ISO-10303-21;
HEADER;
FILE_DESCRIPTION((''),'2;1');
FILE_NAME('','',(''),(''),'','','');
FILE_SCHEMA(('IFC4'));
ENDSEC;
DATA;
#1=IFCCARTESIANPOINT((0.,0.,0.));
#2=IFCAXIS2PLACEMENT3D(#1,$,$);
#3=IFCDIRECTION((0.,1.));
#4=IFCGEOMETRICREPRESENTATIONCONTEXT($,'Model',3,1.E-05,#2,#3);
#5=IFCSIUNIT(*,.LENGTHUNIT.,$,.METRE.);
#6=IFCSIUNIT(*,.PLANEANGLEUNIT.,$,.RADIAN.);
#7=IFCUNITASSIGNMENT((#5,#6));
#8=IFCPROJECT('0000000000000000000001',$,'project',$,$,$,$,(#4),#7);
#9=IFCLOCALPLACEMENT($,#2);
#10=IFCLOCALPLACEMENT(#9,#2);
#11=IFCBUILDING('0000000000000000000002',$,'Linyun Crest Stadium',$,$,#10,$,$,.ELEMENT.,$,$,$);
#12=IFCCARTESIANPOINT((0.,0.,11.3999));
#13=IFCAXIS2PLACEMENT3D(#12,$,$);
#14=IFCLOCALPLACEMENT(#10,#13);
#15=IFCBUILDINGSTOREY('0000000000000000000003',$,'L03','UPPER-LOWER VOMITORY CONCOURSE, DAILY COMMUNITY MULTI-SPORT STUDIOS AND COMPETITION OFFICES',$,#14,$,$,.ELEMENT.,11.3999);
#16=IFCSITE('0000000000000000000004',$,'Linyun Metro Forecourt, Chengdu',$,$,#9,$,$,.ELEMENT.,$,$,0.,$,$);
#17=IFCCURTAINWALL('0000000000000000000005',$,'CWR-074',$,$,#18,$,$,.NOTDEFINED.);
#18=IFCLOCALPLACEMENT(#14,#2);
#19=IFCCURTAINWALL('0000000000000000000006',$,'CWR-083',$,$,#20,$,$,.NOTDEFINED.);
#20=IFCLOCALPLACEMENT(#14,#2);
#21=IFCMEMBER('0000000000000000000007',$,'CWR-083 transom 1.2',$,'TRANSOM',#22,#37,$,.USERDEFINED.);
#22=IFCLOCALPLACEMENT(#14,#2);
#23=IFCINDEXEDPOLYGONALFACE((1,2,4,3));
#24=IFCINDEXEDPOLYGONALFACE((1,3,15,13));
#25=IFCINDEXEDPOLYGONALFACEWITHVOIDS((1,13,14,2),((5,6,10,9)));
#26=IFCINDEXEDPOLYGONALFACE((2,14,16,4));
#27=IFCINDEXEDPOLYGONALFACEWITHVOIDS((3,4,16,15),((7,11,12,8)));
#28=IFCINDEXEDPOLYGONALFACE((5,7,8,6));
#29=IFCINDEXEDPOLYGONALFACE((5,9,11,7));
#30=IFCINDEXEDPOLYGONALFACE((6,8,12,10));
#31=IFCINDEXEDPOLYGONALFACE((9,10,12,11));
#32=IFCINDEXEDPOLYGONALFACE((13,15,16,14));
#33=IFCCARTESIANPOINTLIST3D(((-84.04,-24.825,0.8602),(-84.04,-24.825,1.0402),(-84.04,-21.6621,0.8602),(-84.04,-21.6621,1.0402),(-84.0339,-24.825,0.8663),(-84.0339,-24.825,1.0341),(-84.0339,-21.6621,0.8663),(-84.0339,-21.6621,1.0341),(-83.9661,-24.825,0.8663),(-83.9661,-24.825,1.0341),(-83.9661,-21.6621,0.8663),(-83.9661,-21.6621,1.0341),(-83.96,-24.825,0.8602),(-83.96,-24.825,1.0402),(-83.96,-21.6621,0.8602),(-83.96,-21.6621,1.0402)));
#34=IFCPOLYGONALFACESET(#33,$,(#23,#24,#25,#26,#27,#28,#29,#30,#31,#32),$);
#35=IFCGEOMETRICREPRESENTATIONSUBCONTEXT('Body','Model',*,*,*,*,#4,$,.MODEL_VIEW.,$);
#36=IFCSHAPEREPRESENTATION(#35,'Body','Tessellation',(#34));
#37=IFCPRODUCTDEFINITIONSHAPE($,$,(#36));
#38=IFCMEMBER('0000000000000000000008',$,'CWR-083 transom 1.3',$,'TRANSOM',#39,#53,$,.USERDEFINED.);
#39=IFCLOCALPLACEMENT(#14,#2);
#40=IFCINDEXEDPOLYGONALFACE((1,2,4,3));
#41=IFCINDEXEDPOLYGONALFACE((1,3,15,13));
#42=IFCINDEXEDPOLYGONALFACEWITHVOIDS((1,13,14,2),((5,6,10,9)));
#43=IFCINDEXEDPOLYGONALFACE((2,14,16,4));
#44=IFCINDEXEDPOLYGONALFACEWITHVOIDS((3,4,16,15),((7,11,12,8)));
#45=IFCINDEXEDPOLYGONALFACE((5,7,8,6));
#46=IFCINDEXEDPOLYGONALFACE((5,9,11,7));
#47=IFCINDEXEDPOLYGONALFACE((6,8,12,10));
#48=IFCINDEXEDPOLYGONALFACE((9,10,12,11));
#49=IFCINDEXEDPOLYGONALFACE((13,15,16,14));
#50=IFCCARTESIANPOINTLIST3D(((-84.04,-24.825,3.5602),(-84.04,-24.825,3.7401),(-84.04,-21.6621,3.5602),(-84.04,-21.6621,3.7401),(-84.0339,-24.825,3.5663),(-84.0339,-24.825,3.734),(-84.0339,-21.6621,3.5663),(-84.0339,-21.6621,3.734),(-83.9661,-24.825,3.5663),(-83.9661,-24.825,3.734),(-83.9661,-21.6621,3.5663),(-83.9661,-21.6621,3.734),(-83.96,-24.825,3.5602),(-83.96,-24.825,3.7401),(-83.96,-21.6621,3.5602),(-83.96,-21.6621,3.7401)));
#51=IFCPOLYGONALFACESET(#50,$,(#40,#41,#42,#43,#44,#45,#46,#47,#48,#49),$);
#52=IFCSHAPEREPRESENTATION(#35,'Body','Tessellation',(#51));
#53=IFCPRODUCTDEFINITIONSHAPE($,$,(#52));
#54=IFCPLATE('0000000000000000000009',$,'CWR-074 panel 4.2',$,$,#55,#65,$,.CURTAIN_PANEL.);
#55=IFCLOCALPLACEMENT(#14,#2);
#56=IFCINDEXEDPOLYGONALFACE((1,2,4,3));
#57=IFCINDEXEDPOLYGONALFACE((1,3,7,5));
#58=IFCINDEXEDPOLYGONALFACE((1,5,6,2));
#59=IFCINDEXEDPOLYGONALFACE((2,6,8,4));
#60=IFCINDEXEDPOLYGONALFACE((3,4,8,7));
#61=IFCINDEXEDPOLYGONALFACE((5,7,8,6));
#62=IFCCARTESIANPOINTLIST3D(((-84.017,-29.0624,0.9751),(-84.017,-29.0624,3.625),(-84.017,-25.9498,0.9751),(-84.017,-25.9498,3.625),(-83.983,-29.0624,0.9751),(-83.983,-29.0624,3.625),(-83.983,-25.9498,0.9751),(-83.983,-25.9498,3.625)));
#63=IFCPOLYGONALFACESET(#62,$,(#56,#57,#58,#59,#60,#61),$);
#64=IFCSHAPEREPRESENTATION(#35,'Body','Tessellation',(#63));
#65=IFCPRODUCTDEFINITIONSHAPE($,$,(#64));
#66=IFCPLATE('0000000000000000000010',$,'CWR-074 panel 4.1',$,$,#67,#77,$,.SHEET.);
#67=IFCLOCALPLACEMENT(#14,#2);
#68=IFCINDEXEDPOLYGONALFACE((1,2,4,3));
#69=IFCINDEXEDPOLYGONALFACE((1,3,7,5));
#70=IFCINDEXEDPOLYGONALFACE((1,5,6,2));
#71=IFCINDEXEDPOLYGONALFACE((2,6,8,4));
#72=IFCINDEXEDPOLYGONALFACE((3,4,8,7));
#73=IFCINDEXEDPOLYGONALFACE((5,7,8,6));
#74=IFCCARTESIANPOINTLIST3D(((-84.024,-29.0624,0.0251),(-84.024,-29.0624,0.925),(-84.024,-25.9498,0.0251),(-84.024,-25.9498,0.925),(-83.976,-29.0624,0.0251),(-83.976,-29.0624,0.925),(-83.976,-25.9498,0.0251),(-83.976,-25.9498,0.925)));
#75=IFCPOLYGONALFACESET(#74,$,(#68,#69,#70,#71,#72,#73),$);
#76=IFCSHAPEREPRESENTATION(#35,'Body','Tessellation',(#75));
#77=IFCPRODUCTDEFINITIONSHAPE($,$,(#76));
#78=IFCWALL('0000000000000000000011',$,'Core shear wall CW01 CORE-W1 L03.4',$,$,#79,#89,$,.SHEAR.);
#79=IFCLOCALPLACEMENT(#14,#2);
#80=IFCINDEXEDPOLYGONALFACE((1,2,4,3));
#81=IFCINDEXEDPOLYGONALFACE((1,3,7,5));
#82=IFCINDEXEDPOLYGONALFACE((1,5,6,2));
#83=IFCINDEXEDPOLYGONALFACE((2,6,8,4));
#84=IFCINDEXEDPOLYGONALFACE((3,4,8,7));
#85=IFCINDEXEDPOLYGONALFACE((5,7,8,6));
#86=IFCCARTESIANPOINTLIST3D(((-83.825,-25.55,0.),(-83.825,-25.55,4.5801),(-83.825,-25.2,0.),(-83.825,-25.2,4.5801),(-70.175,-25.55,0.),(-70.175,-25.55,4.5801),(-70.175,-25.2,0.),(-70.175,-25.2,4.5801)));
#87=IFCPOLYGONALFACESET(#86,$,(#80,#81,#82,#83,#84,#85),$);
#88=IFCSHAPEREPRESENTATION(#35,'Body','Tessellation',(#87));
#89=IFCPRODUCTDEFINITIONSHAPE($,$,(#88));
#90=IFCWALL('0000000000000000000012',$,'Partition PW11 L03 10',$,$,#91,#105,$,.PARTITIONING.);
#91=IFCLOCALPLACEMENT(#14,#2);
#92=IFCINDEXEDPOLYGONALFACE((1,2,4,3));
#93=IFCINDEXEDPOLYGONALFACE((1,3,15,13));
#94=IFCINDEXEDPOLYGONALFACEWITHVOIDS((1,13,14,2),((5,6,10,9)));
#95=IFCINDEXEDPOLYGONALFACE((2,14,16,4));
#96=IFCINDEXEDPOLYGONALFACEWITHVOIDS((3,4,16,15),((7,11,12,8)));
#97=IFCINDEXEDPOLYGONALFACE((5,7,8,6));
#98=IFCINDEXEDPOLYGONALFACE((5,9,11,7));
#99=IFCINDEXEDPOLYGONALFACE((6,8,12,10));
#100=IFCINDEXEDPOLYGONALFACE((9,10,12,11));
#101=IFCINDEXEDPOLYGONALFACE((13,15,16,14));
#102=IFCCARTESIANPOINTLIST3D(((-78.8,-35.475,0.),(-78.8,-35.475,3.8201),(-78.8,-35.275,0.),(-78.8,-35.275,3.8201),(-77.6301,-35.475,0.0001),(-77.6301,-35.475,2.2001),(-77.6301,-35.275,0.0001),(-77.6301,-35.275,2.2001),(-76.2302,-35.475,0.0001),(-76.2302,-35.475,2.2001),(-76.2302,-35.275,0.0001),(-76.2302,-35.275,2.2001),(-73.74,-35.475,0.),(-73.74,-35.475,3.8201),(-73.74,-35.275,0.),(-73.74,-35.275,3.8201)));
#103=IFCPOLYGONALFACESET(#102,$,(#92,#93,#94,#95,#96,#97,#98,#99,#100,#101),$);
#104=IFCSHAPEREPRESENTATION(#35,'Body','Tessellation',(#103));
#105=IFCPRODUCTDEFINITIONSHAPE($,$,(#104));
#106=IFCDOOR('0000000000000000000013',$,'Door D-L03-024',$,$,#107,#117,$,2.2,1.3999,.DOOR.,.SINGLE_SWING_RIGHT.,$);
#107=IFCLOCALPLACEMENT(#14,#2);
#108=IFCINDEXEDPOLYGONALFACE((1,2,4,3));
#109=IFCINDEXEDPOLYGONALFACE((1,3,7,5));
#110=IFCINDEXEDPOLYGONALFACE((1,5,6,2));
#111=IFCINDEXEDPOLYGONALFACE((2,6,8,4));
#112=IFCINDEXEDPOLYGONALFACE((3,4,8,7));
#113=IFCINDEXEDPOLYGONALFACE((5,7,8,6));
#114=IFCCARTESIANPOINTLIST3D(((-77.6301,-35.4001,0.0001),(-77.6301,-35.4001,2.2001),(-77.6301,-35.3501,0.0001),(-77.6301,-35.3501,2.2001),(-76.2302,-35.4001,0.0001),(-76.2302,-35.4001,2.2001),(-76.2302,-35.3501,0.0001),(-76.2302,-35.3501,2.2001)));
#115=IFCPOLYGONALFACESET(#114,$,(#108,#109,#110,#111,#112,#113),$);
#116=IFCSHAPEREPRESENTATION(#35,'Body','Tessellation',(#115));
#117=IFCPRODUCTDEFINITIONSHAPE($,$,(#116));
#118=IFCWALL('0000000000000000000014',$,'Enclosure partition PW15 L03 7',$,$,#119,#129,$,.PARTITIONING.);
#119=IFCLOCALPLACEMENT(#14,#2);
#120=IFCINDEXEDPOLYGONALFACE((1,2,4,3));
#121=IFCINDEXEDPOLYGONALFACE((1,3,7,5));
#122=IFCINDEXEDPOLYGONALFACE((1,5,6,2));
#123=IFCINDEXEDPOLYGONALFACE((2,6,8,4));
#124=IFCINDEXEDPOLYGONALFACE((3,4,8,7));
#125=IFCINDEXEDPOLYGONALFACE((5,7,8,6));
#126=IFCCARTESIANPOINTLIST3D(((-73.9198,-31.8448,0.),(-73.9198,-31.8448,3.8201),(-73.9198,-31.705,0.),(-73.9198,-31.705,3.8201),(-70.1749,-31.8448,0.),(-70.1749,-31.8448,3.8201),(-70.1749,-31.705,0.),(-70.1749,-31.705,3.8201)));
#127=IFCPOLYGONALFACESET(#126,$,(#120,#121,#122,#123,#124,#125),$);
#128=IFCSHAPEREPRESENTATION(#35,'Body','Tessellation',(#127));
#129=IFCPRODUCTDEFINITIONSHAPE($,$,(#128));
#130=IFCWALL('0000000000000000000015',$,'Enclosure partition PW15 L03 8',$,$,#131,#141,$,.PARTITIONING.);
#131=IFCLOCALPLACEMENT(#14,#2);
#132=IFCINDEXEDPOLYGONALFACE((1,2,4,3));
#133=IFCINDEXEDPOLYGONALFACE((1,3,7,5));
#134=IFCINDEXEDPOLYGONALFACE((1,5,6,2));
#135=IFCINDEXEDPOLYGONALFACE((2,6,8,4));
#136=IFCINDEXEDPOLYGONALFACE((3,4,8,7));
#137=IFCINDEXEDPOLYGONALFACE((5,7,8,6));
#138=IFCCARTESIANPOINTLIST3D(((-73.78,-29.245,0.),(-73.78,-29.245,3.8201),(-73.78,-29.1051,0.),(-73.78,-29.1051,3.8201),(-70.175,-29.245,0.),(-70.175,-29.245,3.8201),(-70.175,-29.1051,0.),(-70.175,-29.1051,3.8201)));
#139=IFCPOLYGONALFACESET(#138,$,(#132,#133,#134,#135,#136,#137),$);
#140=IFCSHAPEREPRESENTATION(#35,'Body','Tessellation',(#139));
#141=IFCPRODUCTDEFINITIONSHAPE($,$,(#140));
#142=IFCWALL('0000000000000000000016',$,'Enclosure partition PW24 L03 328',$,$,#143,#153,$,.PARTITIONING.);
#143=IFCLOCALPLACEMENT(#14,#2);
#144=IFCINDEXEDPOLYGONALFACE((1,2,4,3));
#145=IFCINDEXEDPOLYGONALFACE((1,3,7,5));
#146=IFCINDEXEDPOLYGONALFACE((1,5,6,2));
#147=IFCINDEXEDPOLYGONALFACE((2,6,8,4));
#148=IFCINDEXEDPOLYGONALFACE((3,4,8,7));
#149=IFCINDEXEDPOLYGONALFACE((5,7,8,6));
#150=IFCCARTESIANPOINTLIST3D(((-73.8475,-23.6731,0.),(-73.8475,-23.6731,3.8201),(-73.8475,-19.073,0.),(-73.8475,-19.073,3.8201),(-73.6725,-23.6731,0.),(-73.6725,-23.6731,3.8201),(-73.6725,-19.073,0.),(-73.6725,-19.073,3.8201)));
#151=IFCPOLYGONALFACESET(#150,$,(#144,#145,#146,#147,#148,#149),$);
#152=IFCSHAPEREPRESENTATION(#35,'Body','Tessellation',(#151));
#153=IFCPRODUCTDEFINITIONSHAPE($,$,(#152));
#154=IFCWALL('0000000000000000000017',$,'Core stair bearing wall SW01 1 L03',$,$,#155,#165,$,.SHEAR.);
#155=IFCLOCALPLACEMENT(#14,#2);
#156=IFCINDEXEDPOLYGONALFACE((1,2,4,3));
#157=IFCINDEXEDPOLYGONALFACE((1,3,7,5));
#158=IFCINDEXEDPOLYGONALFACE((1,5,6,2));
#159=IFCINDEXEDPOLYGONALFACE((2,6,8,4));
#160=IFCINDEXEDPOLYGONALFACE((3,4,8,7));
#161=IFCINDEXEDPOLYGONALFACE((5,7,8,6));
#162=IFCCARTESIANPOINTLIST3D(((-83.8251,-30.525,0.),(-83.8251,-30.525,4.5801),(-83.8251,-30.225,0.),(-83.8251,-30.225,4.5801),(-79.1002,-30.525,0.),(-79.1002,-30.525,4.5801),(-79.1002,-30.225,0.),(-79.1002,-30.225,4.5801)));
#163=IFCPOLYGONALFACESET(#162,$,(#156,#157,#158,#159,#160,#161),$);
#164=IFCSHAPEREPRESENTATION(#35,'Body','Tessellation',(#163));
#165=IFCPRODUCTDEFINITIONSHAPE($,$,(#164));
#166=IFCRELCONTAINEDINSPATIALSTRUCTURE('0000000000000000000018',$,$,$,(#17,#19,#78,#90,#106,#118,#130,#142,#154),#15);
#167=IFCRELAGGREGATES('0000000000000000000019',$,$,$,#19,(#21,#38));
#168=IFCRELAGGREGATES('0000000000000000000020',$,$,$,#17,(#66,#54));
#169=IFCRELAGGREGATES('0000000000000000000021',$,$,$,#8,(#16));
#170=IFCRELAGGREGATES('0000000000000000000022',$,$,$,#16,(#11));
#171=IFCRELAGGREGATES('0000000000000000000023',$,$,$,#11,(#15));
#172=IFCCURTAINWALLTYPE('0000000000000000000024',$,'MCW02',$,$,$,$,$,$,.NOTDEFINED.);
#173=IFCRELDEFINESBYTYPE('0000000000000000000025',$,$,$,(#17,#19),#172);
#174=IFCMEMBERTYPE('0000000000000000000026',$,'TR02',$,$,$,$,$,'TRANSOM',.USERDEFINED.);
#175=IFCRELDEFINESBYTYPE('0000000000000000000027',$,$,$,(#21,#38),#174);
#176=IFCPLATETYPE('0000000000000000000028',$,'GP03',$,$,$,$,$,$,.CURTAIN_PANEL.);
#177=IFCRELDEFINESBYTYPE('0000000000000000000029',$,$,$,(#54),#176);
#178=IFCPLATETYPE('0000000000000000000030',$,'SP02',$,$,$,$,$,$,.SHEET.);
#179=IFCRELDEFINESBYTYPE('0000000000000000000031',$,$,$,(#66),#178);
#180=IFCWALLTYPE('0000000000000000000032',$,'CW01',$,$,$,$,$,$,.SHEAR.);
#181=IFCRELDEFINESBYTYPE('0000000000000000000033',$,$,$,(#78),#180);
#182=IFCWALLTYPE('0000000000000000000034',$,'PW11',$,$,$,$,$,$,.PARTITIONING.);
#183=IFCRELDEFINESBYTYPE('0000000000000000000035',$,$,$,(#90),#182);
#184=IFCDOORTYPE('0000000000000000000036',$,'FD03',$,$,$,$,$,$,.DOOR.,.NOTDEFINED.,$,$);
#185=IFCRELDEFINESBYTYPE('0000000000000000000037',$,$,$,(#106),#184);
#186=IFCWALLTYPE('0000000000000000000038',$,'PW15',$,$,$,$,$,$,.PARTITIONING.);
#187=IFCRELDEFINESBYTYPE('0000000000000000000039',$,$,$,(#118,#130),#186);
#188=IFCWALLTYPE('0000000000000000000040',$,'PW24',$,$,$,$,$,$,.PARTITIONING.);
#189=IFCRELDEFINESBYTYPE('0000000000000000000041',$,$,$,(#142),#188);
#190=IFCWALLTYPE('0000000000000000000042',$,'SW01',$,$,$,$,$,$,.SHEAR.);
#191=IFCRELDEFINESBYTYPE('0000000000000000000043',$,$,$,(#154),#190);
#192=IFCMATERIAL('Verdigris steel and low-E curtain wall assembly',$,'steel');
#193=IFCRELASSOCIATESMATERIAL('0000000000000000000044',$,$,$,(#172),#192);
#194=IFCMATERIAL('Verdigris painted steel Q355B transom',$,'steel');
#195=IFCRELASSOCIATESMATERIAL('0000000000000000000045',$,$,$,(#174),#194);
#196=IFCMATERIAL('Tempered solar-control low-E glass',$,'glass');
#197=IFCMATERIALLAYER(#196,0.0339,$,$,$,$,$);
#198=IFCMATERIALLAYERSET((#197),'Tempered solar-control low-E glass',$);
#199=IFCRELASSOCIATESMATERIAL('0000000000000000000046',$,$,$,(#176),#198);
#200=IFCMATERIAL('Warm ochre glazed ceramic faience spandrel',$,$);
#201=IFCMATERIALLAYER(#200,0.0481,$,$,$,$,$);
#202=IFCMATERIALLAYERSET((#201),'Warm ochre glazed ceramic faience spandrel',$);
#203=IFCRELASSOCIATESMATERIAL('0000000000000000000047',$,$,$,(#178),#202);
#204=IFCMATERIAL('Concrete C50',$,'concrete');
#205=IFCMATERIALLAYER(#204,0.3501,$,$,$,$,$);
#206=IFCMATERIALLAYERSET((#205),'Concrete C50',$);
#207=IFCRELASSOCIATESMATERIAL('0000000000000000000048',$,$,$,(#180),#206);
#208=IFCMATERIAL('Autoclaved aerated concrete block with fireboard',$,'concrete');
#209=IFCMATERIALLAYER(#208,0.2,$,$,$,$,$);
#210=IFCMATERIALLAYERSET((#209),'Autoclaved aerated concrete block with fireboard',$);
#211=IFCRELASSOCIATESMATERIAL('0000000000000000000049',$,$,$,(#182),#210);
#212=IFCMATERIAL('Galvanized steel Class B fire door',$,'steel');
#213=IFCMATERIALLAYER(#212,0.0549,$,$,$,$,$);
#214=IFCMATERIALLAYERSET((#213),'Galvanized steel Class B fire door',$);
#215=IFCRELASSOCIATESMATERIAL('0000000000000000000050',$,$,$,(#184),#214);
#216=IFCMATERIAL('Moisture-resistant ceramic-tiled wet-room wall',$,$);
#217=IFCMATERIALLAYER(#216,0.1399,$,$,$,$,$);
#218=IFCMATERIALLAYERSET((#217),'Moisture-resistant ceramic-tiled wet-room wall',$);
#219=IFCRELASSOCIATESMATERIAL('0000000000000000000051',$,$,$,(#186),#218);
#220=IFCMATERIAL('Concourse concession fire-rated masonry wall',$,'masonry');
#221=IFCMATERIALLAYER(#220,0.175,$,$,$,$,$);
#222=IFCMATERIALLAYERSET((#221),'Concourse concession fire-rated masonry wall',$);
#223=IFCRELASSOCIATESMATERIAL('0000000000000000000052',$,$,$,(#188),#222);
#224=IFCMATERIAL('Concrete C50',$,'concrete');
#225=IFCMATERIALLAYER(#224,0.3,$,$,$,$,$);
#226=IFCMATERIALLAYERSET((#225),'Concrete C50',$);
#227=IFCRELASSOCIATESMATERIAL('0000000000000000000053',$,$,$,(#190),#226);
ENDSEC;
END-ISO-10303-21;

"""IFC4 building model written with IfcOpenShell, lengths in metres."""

from ifc_helpers import new_model, si_unit, direction, frame, frame_2d, origin, origin_2d, place, context, subcontext, project, spatial, rectangle, hollow_rectangle, extrude, material, layer, layer_set, material_profile, profile_set, type_object, element, fill, aggregate, save


model = new_model("IFC4")

# Units and contexts
model_context = context("Model", 3, precision=1e-05, world=origin(), true_north=direction((0.0, 1.0)))
body_context = subcontext(model_context, "Body", "Model", "MODEL_VIEW")
ifc_project = project(units=[si_unit("LENGTHUNIT", "METRE"), si_unit("PLANEANGLEUNIT", "RADIAN")], contexts=[model_context])

# Site, building, storey
site_placement = place(None, origin())
site = spatial("IfcSite", under=ifc_project, at=site_placement, Name="Linyun Metro Forecourt, Chengdu", CompositionType="ELEMENT", RefElevation=0.0)
building_placement = place(site_placement, origin())
building = spatial("IfcBuilding", under=site, at=building_placement, Name="Linyun Crest Stadium", CompositionType="ELEMENT")
storey_placement = place(building_placement, frame((0.0, 0.0, 11.3999)))
storey = spatial("IfcBuildingStorey", under=building, at=storey_placement, Name="L03", Description="UPPER-LOWER VOMITORY CONCOURSE, DAILY COMMUNITY MULTI-SPORT STUDIOS AND COMPETITION OFFICES", CompositionType="ELEMENT", Elevation=11.3999)

# Curtain walls
ifc_material_1 = material(Name="Verdigris steel and low-E curtain wall assembly", Category="steel")
curtain_wall_type = type_object("IfcCurtainWallType", Name="MCW02", PredefinedType="NOTDEFINED", material=ifc_material_1)
curtain_wall_1_placement = place(storey_placement, origin())
curtain_wall_1 = element("IfcCurtainWall", 1, at=curtain_wall_1_placement, inside=storey, type_object=curtain_wall_type, Name="CWR-074", PredefinedType="NOTDEFINED")
curtain_wall_2_placement = place(storey_placement, origin())
curtain_wall_2 = element("IfcCurtainWall", 2, at=curtain_wall_2_placement, inside=storey, type_object=curtain_wall_type, Name="CWR-083", PredefinedType="NOTDEFINED")

# Members
ifc_material_2 = material(Name="Verdigris painted steel Q355B transom", Category="steel")
ifc_material_profile_1 = material_profile(ifc_material_2, hollow_rectangle(XDim=0.0801, YDim=0.1799, WallThickness=0.0061, at=origin_2d()), Name="RHS 180x80x6")
ifc_profile_set_1 = profile_set([ifc_material_profile_1], Name="Verdigris painted steel Q355B transom")
member_type_1 = type_object("IfcMemberType", Name="TR02", ElementType="TRANSOM", PredefinedType="USERDEFINED", material=ifc_profile_set_1)
member_1_placement = place(storey_placement, frame((-84.0, -24.825, 0.9502), z_axis=(0.0, 1.0, 0.0), x_axis=(-1.0, 0.0, 0.0)))
member_1 = element("IfcMember", 3, at=member_1_placement, type_object=member_type_1, Name="CWR-083 transom 1.2", ObjectType="TRANSOM", PredefinedType="USERDEFINED", context=body_context, shape_type="SweptSolid", body=[
    extrude(hollow_rectangle(XDim=0.0801, YDim=0.1799, WallThickness=0.0061, at=origin_2d()), origin(), (0.0, 0.0, 1.0), 3.1628),
])
member_2_placement = place(storey_placement, frame((-84.0, -24.825, 3.6501), z_axis=(0.0, 1.0, 0.0), x_axis=(-1.0, 0.0, 0.0)))
member_2 = element("IfcMember", 4, at=member_2_placement, type_object=member_type_1, Name="CWR-083 transom 1.3", ObjectType="TRANSOM", PredefinedType="USERDEFINED", context=body_context, shape_type="SweptSolid", body=[
    extrude(hollow_rectangle(XDim=0.0801, YDim=0.1799, WallThickness=0.0061, at=origin_2d()), origin(), (0.0, 0.0, 1.0), 3.1628),
])
aggregate(curtain_wall_2, [member_1, member_2])

# Plates
ifc_material_3 = material(Name="Tempered solar-control low-E glass", Category="glass")
ifc_layer_1 = layer(ifc_material_3, 0.0339)
ifc_layer_set_1 = layer_set([ifc_layer_1], Name="Tempered solar-control low-E glass")
plate_type_1 = type_object("IfcPlateType", Name="GP03", PredefinedType="CURTAIN_PANEL", material=ifc_layer_set_1)
plate_1_placement = place(storey_placement, frame((-84.0, -27.5061, 0.9751), z_axis=(0.0, 0.0, 1.0), x_axis=(0.0, 1.0, 0.0)))
plate_1 = element("IfcPlate", 5, at=plate_1_placement, type_object=plate_type_1, Name="CWR-074 panel 4.2", PredefinedType="CURTAIN_PANEL", context=body_context, shape_type="SweptSolid", body=[
    extrude(rectangle(XDim=3.1125, YDim=0.0339, at=origin_2d()), origin(), (0.0, 0.0, 1.0), 2.6499),
])
ifc_material_4 = material(Name="Warm ochre glazed ceramic faience spandrel")
ifc_layer_2 = layer(ifc_material_4, 0.0481)
ifc_layer_set_2 = layer_set([ifc_layer_2], Name="Warm ochre glazed ceramic faience spandrel")
plate_type_2 = type_object("IfcPlateType", Name="SP02", PredefinedType="SHEET", material=ifc_layer_set_2)
plate_2_placement = place(storey_placement, frame((-84.0, -27.5061, 0.0251), z_axis=(0.0, 0.0, 1.0), x_axis=(0.0, 1.0, 0.0)))
plate_2 = element("IfcPlate", 6, at=plate_2_placement, type_object=plate_type_2, Name="CWR-074 panel 4.1", PredefinedType="SHEET", context=body_context, shape_type="SweptSolid", body=[
    extrude(rectangle(XDim=3.1125, YDim=0.0481, at=origin_2d()), origin(), (0.0, 0.0, 1.0), 0.8999),
])
aggregate(curtain_wall_1, [plate_2, plate_1])

# Wall
ifc_material_5 = material(Name="Concrete C50", Category="concrete")
ifc_layer_3 = layer(ifc_material_5, 0.3501)
ifc_layer_set_3 = layer_set([ifc_layer_3], Name="Concrete C50")
wall_type_1 = type_object("IfcWallType", Name="CW01", PredefinedType="SHEAR", material=ifc_layer_set_3)
wall_1_placement = place(storey_placement, frame((-83.825, -25.375, 0.0), z_axis=(0.0, 0.0, 1.0), x_axis=(1.0, 0.0, 0.0)))
element("IfcWall", 7, at=wall_1_placement, inside=storey, type_object=wall_type_1, Name="Core shear wall CW01 CORE-W1 L03.4", PredefinedType="SHEAR", context=body_context, shape_type="SweptSolid", body=[
    extrude(rectangle(XDim=13.6499, YDim=0.3501, at=frame_2d((6.825, 0.0))), origin(), (0.0, 0.0, 1.0), 4.5801),
])

# Wall, opening, door
ifc_material_6 = material(Name="Autoclaved aerated concrete block with fireboard", Category="concrete")
ifc_layer_4 = layer(ifc_material_6, 0.2)
ifc_layer_set_4 = layer_set([ifc_layer_4], Name="Autoclaved aerated concrete block with fireboard")
wall_type_2 = type_object("IfcWallType", Name="PW11", PredefinedType="PARTITIONING", material=ifc_layer_set_4)
wall_2_placement = place(storey_placement, frame((-78.8, -35.375, 0.0), z_axis=(0.0, 0.0, 1.0), x_axis=(1.0, 0.0, 0.0)))
wall_2 = element("IfcWall", 8, at=wall_2_placement, inside=storey, type_object=wall_type_2, Name="Partition PW11 L03 10", PredefinedType="PARTITIONING", context=body_context, shape_type="SweptSolid", body=[
    extrude(rectangle(XDim=5.0601, YDim=0.2, at=frame_2d((2.53, 0.0))), origin(), (0.0, 0.0, 1.0), 3.8201),
])
opening_1_placement = place(wall_2_placement, frame((1.1699, 0.0, 0.0)))
opening_1 = element("IfcOpeningElement", 9, at=opening_1_placement, cuts=wall_2, PredefinedType="OPENING", context=body_context, shape_type="SweptSolid", body=[
    extrude(rectangle(XDim=1.3999, YDim=2.2, at=frame_2d((0.7, 1.1001))), frame((0.0, 0.1099, 0.0), z_axis=(0.0, -1.0, 0.0), x_axis=(1.0, 0.0, 0.0)), (0.0, 0.0, 1.0), 0.22),
])
ifc_material_7 = material(Name="Galvanized steel Class B fire door", Category="steel")
ifc_layer_5 = layer(ifc_material_7, 0.0549)
ifc_layer_set_5 = layer_set([ifc_layer_5], Name="Galvanized steel Class B fire door")
door_type_1 = type_object("IfcDoorType", Name="FD03", OperationType="NOTDEFINED", PredefinedType="DOOR", material=ifc_layer_set_5)
door_1_placement = place(opening_1_placement, origin())
door_1 = element("IfcDoor", 10, at=door_1_placement, inside=storey, type_object=door_type_1, Name="Door D-L03-024", OperationType="SINGLE_SWING_RIGHT", OverallHeight=2.2, OverallWidth=1.3999, PredefinedType="DOOR", context=body_context, shape_type="SweptSolid", body=[
    extrude(rectangle(XDim=1.3999, YDim=2.2, at=frame_2d((0.7, 1.1001))), frame((0.0, 0.0249, 0.0), z_axis=(0.0, -1.0, 0.0), x_axis=(1.0, 0.0, 0.0)), (0.0, 0.0, 1.0), 0.05),
])
fill(opening_1, door_1)

# Shared definitions
ifc_material_8 = material(Name="Moisture-resistant ceramic-tiled wet-room wall")
ifc_layer_6 = layer(ifc_material_8, 0.1399)
ifc_layer_set_6 = layer_set([ifc_layer_6], Name="Moisture-resistant ceramic-tiled wet-room wall")
wall_type_3 = type_object("IfcWallType", Name="PW15", PredefinedType="PARTITIONING", material=ifc_layer_set_6)

# Walls
wall_3_placement = place(storey_placement, frame((-73.9199, -31.7749, 0.0), z_axis=(0.0, 0.0, 1.0), x_axis=(1.0, 0.0, 0.0)))
element("IfcWall", 11, at=wall_3_placement, inside=storey, type_object=wall_type_3, Name="Enclosure partition PW15 L03 7", PredefinedType="PARTITIONING", context=body_context, shape_type="SweptSolid", body=[
    extrude(rectangle(XDim=3.7449, YDim=0.1399, at=frame_2d((1.8726, 0.0))), origin(), (0.0, 0.0, 1.0), 3.8201),
])
wall_4_placement = place(storey_placement, frame((-73.78, -29.175, 0.0), z_axis=(0.0, 0.0, 1.0), x_axis=(1.0, 0.0, 0.0)))
element("IfcWall", 12, at=wall_4_placement, inside=storey, type_object=wall_type_3, Name="Enclosure partition PW15 L03 8", PredefinedType="PARTITIONING", context=body_context, shape_type="SweptSolid", body=[
    extrude(rectangle(XDim=3.605, YDim=0.1399, at=frame_2d((1.8025, 0.0))), origin(), (0.0, 0.0, 1.0), 3.8201),
])
ifc_material_9 = material(Name="Concourse concession fire-rated masonry wall", Category="masonry")
ifc_layer_7 = layer(ifc_material_9, 0.175)
ifc_layer_set_7 = layer_set([ifc_layer_7], Name="Concourse concession fire-rated masonry wall")
wall_type_4 = type_object("IfcWallType", Name="PW24", PredefinedType="PARTITIONING", material=ifc_layer_set_7)
wall_5_placement = place(storey_placement, frame((-73.76, -23.6731, 0.0), z_axis=(0.0, 0.0, 1.0), x_axis=(0.0, 1.0, 0.0)))
element("IfcWall", 13, at=wall_5_placement, inside=storey, type_object=wall_type_4, Name="Enclosure partition PW24 L03 328", PredefinedType="PARTITIONING", context=body_context, shape_type="SweptSolid", body=[
    extrude(rectangle(XDim=4.6001, YDim=0.175, at=frame_2d((2.3, 0.0))), origin(), (0.0, 0.0, 1.0), 3.8201),
])
ifc_material_10 = material(Name="Concrete C50", Category="concrete")
ifc_layer_8 = layer(ifc_material_10, 0.3)
ifc_layer_set_8 = layer_set([ifc_layer_8], Name="Concrete C50")
wall_type_5 = type_object("IfcWallType", Name="SW01", PredefinedType="SHEAR", material=ifc_layer_set_8)
wall_6_placement = place(storey_placement, frame((-83.825, -30.375, 0.0), z_axis=(0.0, 0.0, 1.0), x_axis=(1.0, 0.0, 0.0)))
element("IfcWall", 14, at=wall_6_placement, inside=storey, type_object=wall_type_5, Name="Core stair bearing wall SW01 1 L03", PredefinedType="SHEAR", context=body_context, shape_type="SweptSolid", body=[
    extrude(rectangle(XDim=4.7249, YDim=0.3, at=frame_2d((2.3623, 0.0))), origin(), (0.0, 0.0, 1.0), 4.5801),
])

save(model, "model.ifc")
